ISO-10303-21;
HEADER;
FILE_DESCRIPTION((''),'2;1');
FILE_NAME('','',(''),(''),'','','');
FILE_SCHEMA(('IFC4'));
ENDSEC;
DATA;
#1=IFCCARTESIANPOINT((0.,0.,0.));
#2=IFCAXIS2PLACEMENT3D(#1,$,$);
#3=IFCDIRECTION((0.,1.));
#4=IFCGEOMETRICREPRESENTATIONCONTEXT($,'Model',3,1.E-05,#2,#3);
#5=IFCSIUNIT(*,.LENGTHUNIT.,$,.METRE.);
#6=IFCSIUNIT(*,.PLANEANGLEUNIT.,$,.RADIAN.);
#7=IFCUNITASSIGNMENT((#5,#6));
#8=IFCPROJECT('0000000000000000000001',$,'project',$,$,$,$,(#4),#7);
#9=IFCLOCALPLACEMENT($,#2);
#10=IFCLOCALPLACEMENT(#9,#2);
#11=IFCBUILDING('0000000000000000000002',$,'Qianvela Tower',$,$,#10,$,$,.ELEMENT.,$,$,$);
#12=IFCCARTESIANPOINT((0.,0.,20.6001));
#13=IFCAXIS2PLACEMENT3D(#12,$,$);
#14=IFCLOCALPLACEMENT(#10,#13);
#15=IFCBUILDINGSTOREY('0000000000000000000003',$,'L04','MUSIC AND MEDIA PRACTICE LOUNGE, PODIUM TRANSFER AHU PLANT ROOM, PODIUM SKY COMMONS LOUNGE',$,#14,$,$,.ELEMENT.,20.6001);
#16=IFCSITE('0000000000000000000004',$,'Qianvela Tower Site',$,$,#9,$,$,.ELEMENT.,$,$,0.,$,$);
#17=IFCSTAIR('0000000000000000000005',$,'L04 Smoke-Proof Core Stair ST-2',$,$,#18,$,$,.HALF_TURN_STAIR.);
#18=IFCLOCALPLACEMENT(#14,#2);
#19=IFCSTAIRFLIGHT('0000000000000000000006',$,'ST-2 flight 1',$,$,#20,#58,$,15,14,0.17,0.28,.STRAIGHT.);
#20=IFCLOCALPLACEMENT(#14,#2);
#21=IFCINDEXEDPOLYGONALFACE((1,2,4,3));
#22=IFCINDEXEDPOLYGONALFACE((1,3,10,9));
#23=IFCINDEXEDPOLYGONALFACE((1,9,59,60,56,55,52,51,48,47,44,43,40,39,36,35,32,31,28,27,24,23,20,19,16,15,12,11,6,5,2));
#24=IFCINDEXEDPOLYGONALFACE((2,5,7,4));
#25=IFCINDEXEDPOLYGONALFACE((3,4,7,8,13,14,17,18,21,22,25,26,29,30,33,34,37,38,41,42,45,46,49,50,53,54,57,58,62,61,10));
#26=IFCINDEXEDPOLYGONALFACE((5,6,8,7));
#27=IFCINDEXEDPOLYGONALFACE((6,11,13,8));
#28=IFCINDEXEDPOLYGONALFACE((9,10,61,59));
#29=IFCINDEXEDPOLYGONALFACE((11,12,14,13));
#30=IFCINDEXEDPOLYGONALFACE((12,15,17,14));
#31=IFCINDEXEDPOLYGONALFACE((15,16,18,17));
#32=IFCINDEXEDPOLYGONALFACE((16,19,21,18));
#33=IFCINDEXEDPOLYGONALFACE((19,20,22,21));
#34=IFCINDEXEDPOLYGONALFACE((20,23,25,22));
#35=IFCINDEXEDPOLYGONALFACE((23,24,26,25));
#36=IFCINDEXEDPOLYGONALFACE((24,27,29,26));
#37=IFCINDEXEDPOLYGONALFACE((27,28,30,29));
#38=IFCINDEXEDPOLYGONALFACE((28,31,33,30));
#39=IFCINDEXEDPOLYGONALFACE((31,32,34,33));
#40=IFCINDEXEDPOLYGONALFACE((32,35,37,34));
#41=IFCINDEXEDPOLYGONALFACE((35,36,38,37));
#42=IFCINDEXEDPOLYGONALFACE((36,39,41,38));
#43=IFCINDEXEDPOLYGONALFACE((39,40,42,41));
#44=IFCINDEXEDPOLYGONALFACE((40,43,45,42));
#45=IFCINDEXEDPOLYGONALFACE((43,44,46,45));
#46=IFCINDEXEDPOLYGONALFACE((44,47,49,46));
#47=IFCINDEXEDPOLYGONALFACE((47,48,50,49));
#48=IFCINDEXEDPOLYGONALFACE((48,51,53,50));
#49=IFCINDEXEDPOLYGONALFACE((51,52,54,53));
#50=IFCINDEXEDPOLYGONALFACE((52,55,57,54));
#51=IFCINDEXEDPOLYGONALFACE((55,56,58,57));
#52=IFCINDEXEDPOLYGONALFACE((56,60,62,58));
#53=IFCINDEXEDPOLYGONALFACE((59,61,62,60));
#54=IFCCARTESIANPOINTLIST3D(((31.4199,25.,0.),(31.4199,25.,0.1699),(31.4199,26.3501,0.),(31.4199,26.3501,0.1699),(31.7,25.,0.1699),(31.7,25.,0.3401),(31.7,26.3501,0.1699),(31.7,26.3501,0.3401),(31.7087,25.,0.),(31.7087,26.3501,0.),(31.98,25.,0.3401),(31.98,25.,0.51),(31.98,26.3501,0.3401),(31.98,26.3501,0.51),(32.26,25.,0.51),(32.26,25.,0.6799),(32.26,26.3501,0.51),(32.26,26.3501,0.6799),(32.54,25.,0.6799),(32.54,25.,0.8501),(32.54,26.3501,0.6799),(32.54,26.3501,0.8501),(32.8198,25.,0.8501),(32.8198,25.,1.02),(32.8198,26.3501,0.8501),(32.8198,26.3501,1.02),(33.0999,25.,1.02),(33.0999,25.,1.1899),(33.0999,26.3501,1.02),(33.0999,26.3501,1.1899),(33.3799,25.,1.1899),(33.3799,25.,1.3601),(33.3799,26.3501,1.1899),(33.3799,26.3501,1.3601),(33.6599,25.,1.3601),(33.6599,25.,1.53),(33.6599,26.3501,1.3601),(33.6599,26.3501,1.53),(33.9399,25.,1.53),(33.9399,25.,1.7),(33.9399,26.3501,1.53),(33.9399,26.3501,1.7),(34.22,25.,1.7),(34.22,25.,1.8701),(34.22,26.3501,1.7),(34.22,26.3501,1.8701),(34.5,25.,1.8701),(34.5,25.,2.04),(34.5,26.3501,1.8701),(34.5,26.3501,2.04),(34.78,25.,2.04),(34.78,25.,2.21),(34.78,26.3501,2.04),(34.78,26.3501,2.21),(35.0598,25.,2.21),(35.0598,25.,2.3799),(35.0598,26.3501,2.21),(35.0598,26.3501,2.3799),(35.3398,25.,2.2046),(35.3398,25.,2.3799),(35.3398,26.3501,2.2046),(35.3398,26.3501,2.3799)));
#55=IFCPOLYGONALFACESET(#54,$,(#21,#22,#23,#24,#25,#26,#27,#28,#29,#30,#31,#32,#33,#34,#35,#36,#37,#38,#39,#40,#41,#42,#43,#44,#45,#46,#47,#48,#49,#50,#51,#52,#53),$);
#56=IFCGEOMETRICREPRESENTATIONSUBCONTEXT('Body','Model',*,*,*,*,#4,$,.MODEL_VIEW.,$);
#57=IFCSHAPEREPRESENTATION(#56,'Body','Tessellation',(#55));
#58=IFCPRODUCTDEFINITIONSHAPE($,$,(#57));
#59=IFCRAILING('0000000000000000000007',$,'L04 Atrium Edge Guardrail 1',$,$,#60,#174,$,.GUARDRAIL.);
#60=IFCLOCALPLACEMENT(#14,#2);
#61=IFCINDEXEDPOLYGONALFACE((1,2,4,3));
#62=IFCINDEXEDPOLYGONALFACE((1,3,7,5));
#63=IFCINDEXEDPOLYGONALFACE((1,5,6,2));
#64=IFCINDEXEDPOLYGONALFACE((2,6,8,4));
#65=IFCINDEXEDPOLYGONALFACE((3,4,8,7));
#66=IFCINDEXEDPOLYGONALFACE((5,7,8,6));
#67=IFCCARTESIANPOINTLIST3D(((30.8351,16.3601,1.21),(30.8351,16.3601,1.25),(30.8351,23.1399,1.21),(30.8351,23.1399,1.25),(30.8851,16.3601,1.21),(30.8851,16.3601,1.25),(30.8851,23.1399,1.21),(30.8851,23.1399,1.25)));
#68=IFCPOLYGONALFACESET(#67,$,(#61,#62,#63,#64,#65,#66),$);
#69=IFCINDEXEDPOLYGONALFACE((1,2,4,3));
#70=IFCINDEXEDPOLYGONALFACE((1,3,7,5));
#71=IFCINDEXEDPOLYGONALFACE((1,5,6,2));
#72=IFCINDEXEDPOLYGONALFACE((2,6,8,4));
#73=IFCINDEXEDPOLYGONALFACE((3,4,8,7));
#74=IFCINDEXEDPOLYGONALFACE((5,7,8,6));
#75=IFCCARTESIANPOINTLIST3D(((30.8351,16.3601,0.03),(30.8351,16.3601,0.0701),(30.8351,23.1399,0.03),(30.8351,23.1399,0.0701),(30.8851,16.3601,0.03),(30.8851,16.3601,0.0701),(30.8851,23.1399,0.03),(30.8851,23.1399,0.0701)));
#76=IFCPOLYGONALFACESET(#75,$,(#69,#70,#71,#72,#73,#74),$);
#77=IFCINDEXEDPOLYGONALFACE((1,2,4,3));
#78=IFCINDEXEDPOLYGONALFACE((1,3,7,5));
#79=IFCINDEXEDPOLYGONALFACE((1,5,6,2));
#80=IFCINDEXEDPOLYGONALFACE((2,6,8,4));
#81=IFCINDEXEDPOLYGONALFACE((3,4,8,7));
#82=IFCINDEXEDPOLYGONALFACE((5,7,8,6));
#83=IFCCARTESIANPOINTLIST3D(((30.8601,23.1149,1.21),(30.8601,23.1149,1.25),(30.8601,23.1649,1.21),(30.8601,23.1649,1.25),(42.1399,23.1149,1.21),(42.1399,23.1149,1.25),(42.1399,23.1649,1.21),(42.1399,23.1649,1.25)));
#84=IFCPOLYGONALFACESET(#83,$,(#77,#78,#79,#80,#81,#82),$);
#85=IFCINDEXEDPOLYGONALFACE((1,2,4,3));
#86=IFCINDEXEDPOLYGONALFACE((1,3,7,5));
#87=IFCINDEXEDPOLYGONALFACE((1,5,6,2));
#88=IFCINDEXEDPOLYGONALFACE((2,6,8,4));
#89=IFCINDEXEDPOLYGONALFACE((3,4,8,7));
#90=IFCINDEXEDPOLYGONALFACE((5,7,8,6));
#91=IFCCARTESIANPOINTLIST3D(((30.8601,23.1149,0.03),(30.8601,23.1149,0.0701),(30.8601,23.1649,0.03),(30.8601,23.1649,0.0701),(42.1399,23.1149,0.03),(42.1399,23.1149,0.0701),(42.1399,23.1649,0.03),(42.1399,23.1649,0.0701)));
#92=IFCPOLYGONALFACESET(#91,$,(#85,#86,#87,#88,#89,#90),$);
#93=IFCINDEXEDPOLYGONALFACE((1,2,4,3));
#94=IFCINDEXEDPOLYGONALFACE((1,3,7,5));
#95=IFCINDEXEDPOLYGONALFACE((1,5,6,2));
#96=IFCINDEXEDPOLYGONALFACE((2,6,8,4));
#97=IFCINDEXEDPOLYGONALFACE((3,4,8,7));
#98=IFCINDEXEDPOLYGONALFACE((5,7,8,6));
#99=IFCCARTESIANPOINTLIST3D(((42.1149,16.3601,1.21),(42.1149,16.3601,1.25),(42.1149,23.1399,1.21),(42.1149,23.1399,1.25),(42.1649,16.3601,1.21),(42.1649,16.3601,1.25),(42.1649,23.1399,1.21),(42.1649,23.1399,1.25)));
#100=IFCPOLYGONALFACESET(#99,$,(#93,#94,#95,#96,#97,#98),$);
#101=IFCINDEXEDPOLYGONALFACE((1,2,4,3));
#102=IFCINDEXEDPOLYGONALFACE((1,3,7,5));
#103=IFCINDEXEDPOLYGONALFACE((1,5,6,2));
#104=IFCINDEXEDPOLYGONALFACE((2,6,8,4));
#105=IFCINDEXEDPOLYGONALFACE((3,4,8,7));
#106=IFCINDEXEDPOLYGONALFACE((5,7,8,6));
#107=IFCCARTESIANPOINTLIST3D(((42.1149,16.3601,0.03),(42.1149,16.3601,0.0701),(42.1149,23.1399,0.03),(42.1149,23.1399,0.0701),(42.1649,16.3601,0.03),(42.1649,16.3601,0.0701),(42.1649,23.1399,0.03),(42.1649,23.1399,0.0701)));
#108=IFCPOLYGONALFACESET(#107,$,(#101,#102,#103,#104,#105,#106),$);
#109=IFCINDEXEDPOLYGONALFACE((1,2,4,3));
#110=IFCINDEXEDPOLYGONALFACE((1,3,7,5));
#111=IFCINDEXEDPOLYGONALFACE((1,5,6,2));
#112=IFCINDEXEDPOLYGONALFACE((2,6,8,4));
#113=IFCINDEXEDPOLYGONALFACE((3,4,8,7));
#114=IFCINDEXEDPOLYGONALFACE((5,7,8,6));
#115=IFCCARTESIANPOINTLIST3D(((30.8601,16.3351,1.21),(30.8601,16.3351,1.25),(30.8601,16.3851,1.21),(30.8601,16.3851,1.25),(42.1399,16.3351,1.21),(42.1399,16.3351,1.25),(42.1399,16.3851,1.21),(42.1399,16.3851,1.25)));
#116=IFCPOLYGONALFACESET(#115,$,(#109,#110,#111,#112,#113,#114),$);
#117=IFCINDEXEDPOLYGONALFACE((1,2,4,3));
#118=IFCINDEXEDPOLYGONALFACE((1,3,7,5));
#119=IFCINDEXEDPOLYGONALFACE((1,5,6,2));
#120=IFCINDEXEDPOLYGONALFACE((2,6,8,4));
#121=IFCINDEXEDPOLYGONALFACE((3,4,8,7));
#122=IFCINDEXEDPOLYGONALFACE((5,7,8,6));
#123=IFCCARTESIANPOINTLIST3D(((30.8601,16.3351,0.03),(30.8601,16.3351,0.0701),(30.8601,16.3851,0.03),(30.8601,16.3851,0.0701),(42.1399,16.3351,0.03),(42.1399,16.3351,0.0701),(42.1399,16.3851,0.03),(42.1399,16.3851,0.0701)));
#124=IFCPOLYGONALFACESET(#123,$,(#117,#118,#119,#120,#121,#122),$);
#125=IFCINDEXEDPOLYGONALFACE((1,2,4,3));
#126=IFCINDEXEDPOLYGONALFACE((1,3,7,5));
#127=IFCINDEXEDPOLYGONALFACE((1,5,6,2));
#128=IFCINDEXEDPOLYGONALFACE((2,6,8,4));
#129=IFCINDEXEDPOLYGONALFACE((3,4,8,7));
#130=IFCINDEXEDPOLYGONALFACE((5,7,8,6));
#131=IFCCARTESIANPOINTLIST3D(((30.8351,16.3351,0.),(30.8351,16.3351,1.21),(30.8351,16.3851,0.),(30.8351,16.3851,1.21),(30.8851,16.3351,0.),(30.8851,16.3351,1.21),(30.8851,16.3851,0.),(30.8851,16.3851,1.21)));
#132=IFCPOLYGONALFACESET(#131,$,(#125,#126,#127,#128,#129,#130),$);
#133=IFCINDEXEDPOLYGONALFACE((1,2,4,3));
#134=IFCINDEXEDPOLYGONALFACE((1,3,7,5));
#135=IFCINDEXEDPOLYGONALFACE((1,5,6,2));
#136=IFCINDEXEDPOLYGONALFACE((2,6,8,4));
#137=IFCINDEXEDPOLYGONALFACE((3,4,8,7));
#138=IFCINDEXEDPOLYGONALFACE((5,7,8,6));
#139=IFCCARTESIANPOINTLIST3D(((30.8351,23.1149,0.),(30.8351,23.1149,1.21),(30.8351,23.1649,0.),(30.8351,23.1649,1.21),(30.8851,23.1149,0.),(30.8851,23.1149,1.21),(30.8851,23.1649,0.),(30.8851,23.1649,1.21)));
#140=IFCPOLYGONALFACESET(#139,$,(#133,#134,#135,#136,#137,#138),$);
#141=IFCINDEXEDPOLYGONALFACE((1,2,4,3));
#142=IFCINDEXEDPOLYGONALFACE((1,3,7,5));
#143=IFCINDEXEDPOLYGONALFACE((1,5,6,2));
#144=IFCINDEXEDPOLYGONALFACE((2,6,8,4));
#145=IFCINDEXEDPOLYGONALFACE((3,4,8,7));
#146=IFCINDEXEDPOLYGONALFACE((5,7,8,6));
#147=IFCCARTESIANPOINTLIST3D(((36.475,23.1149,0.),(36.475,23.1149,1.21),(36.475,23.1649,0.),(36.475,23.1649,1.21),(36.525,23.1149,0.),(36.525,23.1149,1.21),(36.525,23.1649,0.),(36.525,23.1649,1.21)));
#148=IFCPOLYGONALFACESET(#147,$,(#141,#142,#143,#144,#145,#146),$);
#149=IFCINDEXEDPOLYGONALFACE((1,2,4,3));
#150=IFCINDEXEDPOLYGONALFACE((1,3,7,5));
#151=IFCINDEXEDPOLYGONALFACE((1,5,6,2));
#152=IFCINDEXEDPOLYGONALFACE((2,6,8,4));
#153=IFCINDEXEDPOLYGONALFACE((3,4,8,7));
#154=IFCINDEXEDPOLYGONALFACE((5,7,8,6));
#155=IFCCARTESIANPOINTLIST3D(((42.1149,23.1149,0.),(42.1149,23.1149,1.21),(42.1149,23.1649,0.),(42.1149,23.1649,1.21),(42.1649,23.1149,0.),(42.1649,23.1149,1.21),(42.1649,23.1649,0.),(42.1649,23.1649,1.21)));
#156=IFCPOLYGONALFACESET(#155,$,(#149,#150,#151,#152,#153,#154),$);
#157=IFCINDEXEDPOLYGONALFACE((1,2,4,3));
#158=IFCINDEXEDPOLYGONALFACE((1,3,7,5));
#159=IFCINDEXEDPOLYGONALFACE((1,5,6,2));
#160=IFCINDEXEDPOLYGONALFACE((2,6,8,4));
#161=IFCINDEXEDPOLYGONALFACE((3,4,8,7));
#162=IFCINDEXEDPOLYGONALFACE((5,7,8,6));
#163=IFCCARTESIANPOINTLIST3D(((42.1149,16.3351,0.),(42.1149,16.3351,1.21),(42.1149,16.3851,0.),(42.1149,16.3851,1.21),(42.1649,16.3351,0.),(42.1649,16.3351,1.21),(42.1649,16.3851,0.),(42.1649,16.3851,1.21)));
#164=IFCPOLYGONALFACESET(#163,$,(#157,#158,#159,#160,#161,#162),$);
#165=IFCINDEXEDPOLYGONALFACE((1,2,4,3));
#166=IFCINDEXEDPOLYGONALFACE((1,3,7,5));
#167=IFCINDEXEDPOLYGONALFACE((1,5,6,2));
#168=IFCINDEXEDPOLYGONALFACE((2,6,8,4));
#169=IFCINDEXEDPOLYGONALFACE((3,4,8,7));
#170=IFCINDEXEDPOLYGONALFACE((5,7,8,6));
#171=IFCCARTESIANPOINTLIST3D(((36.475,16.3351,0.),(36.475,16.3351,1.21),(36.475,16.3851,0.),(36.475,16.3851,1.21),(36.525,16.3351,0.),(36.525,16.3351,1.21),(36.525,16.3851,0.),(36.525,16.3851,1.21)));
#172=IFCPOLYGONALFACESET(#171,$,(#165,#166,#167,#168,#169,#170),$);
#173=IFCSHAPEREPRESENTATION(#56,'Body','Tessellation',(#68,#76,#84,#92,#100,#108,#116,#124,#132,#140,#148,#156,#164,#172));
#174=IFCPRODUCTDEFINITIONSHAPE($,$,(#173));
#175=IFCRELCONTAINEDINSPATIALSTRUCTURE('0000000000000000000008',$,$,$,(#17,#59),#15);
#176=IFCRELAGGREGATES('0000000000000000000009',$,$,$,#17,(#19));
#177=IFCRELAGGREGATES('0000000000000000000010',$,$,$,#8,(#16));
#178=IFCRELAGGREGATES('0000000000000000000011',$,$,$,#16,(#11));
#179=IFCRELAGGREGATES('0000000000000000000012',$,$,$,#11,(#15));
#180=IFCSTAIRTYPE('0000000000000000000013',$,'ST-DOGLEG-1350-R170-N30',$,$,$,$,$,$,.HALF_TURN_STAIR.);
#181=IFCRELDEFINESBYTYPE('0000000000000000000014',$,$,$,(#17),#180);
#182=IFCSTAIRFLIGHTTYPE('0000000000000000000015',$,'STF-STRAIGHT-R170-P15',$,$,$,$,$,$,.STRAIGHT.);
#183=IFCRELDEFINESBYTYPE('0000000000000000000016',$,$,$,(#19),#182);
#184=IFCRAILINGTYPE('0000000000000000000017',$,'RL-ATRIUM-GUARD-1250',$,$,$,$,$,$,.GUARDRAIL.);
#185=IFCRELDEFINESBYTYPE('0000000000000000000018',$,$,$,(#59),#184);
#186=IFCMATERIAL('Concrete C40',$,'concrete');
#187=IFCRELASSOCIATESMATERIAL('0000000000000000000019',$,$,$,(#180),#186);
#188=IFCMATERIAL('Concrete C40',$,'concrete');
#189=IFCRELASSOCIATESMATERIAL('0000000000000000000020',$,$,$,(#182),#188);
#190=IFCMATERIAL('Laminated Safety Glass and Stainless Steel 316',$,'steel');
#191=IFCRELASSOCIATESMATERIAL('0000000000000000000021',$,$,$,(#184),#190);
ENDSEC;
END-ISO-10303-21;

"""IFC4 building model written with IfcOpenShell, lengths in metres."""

from ifc_helpers import new_model, si_unit, direction, frame, origin, origin_2d, place, context, subcontext, project, spatial, polyline, rectangle, outline, extrude, material, type_object, element, aggregate, save


model = new_model("IFC4")

# Units and contexts
model_context = context("Model", 3, precision=1e-05, world=origin(), true_north=direction((0.0, 1.0)))
body_context = subcontext(model_context, "Body", "Model", "MODEL_VIEW")
ifc_project = project(units=[si_unit("LENGTHUNIT", "METRE"), si_unit("PLANEANGLEUNIT", "RADIAN")], contexts=[model_context])

# Site, building, storey
site_placement = place(None, origin())
site = spatial("IfcSite", under=ifc_project, at=site_placement, Name="Qianvela Tower Site", CompositionType="ELEMENT", RefElevation=0.0)
building_placement = place(site_placement, origin())
building = spatial("IfcBuilding", under=site, at=building_placement, Name="Qianvela Tower", CompositionType="ELEMENT")
storey_placement = place(building_placement, frame((0.0, 0.0, 20.6001)))
storey = spatial("IfcBuildingStorey", under=building, at=storey_placement, Name="L04", Description="MUSIC AND MEDIA PRACTICE LOUNGE, PODIUM TRANSFER AHU PLANT ROOM, PODIUM SKY COMMONS LOUNGE", CompositionType="ELEMENT", Elevation=20.6001)

# Stair, stair flight
ifc_material_1 = material(Name="Concrete C40", Category="concrete")
stair_type = type_object("IfcStairType", Name="ST-DOGLEG-1350-R170-N30", PredefinedType="HALF_TURN_STAIR", material=ifc_material_1)
stair_placement = place(storey_placement, origin())
stair = element("IfcStair", 1, at=stair_placement, inside=storey, type_object=stair_type, Name="L04 Smoke-Proof Core Stair ST-2", PredefinedType="HALF_TURN_STAIR")
ifc_material_2 = material(Name="Concrete C40", Category="concrete")
stair_flight_type = type_object("IfcStairFlightType", Name="STF-STRAIGHT-R170-P15", PredefinedType="STRAIGHT", material=ifc_material_2)
stair_flight_placement = place(storey_placement, frame((31.4199, 25.675, 0.0), z_axis=(0.0, 0.0, 1.0), x_axis=(1.0, 0.0, 0.0)))
stair_flight = element("IfcStairFlight", 2, at=stair_flight_placement, type_object=stair_flight_type, Name="ST-2 flight 1", NumberOfRisers=15, NumberOfTreads=14, PredefinedType="STRAIGHT", RiserHeight=0.17, TreadLength=0.28, context=body_context, shape_type="SweptSolid", body=[
    extrude(outline(polyline([(0.0, 0.0), (0.0, 0.1699), (0.28, 0.1699), (0.28, 0.3401), (0.5601, 0.3401), (0.5601, 0.51), (0.8401, 0.51), (0.8401, 0.6799), (1.1201, 0.6799), (1.1201, 0.8501), (1.3999, 0.8501), (1.3999, 1.02), (1.6799, 1.02), (1.6799, 1.1899), (1.96, 1.1899), (1.96, 1.3601), (2.24, 1.3601), (2.24, 1.53), (2.52, 1.53), (2.52, 1.7), (2.8, 1.7), (2.8, 1.8701), (3.0801, 1.8701), (3.0801, 2.04), (3.3601, 2.04), (3.3601, 2.21), (3.6399, 2.21), (3.6399, 2.3799), (3.9199, 2.3799), (3.9199, 2.55), (3.9199, 2.2046), (0.2888, 0.0), (0.0, 0.0)])), frame((0.0, 0.675, 0.0), z_axis=(0.0, -1.0, 0.0), x_axis=(1.0, 0.0, 0.0)), (0.0, 0.0, 1.0), 1.3501),
])
aggregate(stair, [stair_flight])

# Railing
ifc_material_3 = material(Name="Laminated Safety Glass and Stainless Steel 316", Category="steel")
railing_type_1 = type_object("IfcRailingType", Name="RL-ATRIUM-GUARD-1250", PredefinedType="GUARDRAIL", material=ifc_material_3)
railing_1_placement = place(storey_placement, frame((30.8601, 16.3601, 0.0)))
element("IfcRailing", 3, at=railing_1_placement, inside=storey, type_object=railing_type_1, Name="L04 Atrium Edge Guardrail 1", PredefinedType="GUARDRAIL", context=body_context, shape_type="SweptSolid", body=[
    extrude(rectangle(XDim=0.05, YDim=0.04, at=origin_2d()), frame((0.0, 0.0, 1.23), z_axis=(0.0, 1.0, 0.0), x_axis=(-1.0, 0.0, 0.0)), (0.0, 0.0, 1.0), 6.7798),
    extrude(rectangle(XDim=0.05, YDim=0.04, at=origin_2d()), frame((0.0, 0.0, 0.05), z_axis=(0.0, 1.0, 0.0), x_axis=(-1.0, 0.0, 0.0)), (0.0, 0.0, 1.0), 6.7798),
    extrude(rectangle(XDim=0.05, YDim=0.04, at=origin_2d()), frame((0.0, 6.7798, 1.23), z_axis=(1.0, 0.0, 0.0), x_axis=(0.0, 1.0, 0.0)), (0.0, 0.0, 1.0), 11.2798),
    extrude(rectangle(XDim=0.05, YDim=0.04, at=origin_2d()), frame((0.0, 6.7798, 0.05), z_axis=(1.0, 0.0, 0.0), x_axis=(0.0, 1.0, 0.0)), (0.0, 0.0, 1.0), 11.2798),
    extrude(rectangle(XDim=0.05, YDim=0.04, at=origin_2d()), frame((11.2798, 6.7798, 1.23), z_axis=(0.0, -1.0, 0.0), x_axis=(1.0, 0.0, 0.0)), (0.0, 0.0, 1.0), 6.7798),
    extrude(rectangle(XDim=0.05, YDim=0.04, at=origin_2d()), frame((11.2798, 6.7798, 0.05), z_axis=(0.0, -1.0, 0.0), x_axis=(1.0, 0.0, 0.0)), (0.0, 0.0, 1.0), 6.7798),
    extrude(rectangle(XDim=0.05, YDim=0.04, at=origin_2d()), frame((11.2798, 0.0, 1.23), z_axis=(-1.0, 0.0, 0.0), x_axis=(0.0, -1.0, 0.0)), (0.0, 0.0, 1.0), 11.2798),
    extrude(rectangle(XDim=0.05, YDim=0.04, at=origin_2d()), frame((11.2798, 0.0, 0.05), z_axis=(-1.0, 0.0, 0.0), x_axis=(0.0, -1.0, 0.0)), (0.0, 0.0, 1.0), 11.2798),
    extrude(rectangle(XDim=0.05, YDim=0.05, at=origin_2d()), origin(), (0.0, 0.0, 1.0), 1.21),
    extrude(rectangle(XDim=0.05, YDim=0.05, at=origin_2d()), frame((0.0, 6.7798, 0.0)), (0.0, 0.0, 1.0), 1.21),
    extrude(rectangle(XDim=0.05, YDim=0.05, at=origin_2d()), frame((5.6399, 6.7798, 0.0)), (0.0, 0.0, 1.0), 1.21),
    extrude(rectangle(XDim=0.05, YDim=0.05, at=origin_2d()), frame((11.2798, 6.7798, 0.0)), (0.0, 0.0, 1.0), 1.21),
    extrude(rectangle(XDim=0.05, YDim=0.05, at=origin_2d()), frame((11.2798, 0.0, 0.0)), (0.0, 0.0, 1.0), 1.21),
    extrude(rectangle(XDim=0.05, YDim=0.05, at=origin_2d()), frame((5.6399, 0.0, 0.0)), (0.0, 0.0, 1.0), 1.21),
])

save(model, "model.ifc")
